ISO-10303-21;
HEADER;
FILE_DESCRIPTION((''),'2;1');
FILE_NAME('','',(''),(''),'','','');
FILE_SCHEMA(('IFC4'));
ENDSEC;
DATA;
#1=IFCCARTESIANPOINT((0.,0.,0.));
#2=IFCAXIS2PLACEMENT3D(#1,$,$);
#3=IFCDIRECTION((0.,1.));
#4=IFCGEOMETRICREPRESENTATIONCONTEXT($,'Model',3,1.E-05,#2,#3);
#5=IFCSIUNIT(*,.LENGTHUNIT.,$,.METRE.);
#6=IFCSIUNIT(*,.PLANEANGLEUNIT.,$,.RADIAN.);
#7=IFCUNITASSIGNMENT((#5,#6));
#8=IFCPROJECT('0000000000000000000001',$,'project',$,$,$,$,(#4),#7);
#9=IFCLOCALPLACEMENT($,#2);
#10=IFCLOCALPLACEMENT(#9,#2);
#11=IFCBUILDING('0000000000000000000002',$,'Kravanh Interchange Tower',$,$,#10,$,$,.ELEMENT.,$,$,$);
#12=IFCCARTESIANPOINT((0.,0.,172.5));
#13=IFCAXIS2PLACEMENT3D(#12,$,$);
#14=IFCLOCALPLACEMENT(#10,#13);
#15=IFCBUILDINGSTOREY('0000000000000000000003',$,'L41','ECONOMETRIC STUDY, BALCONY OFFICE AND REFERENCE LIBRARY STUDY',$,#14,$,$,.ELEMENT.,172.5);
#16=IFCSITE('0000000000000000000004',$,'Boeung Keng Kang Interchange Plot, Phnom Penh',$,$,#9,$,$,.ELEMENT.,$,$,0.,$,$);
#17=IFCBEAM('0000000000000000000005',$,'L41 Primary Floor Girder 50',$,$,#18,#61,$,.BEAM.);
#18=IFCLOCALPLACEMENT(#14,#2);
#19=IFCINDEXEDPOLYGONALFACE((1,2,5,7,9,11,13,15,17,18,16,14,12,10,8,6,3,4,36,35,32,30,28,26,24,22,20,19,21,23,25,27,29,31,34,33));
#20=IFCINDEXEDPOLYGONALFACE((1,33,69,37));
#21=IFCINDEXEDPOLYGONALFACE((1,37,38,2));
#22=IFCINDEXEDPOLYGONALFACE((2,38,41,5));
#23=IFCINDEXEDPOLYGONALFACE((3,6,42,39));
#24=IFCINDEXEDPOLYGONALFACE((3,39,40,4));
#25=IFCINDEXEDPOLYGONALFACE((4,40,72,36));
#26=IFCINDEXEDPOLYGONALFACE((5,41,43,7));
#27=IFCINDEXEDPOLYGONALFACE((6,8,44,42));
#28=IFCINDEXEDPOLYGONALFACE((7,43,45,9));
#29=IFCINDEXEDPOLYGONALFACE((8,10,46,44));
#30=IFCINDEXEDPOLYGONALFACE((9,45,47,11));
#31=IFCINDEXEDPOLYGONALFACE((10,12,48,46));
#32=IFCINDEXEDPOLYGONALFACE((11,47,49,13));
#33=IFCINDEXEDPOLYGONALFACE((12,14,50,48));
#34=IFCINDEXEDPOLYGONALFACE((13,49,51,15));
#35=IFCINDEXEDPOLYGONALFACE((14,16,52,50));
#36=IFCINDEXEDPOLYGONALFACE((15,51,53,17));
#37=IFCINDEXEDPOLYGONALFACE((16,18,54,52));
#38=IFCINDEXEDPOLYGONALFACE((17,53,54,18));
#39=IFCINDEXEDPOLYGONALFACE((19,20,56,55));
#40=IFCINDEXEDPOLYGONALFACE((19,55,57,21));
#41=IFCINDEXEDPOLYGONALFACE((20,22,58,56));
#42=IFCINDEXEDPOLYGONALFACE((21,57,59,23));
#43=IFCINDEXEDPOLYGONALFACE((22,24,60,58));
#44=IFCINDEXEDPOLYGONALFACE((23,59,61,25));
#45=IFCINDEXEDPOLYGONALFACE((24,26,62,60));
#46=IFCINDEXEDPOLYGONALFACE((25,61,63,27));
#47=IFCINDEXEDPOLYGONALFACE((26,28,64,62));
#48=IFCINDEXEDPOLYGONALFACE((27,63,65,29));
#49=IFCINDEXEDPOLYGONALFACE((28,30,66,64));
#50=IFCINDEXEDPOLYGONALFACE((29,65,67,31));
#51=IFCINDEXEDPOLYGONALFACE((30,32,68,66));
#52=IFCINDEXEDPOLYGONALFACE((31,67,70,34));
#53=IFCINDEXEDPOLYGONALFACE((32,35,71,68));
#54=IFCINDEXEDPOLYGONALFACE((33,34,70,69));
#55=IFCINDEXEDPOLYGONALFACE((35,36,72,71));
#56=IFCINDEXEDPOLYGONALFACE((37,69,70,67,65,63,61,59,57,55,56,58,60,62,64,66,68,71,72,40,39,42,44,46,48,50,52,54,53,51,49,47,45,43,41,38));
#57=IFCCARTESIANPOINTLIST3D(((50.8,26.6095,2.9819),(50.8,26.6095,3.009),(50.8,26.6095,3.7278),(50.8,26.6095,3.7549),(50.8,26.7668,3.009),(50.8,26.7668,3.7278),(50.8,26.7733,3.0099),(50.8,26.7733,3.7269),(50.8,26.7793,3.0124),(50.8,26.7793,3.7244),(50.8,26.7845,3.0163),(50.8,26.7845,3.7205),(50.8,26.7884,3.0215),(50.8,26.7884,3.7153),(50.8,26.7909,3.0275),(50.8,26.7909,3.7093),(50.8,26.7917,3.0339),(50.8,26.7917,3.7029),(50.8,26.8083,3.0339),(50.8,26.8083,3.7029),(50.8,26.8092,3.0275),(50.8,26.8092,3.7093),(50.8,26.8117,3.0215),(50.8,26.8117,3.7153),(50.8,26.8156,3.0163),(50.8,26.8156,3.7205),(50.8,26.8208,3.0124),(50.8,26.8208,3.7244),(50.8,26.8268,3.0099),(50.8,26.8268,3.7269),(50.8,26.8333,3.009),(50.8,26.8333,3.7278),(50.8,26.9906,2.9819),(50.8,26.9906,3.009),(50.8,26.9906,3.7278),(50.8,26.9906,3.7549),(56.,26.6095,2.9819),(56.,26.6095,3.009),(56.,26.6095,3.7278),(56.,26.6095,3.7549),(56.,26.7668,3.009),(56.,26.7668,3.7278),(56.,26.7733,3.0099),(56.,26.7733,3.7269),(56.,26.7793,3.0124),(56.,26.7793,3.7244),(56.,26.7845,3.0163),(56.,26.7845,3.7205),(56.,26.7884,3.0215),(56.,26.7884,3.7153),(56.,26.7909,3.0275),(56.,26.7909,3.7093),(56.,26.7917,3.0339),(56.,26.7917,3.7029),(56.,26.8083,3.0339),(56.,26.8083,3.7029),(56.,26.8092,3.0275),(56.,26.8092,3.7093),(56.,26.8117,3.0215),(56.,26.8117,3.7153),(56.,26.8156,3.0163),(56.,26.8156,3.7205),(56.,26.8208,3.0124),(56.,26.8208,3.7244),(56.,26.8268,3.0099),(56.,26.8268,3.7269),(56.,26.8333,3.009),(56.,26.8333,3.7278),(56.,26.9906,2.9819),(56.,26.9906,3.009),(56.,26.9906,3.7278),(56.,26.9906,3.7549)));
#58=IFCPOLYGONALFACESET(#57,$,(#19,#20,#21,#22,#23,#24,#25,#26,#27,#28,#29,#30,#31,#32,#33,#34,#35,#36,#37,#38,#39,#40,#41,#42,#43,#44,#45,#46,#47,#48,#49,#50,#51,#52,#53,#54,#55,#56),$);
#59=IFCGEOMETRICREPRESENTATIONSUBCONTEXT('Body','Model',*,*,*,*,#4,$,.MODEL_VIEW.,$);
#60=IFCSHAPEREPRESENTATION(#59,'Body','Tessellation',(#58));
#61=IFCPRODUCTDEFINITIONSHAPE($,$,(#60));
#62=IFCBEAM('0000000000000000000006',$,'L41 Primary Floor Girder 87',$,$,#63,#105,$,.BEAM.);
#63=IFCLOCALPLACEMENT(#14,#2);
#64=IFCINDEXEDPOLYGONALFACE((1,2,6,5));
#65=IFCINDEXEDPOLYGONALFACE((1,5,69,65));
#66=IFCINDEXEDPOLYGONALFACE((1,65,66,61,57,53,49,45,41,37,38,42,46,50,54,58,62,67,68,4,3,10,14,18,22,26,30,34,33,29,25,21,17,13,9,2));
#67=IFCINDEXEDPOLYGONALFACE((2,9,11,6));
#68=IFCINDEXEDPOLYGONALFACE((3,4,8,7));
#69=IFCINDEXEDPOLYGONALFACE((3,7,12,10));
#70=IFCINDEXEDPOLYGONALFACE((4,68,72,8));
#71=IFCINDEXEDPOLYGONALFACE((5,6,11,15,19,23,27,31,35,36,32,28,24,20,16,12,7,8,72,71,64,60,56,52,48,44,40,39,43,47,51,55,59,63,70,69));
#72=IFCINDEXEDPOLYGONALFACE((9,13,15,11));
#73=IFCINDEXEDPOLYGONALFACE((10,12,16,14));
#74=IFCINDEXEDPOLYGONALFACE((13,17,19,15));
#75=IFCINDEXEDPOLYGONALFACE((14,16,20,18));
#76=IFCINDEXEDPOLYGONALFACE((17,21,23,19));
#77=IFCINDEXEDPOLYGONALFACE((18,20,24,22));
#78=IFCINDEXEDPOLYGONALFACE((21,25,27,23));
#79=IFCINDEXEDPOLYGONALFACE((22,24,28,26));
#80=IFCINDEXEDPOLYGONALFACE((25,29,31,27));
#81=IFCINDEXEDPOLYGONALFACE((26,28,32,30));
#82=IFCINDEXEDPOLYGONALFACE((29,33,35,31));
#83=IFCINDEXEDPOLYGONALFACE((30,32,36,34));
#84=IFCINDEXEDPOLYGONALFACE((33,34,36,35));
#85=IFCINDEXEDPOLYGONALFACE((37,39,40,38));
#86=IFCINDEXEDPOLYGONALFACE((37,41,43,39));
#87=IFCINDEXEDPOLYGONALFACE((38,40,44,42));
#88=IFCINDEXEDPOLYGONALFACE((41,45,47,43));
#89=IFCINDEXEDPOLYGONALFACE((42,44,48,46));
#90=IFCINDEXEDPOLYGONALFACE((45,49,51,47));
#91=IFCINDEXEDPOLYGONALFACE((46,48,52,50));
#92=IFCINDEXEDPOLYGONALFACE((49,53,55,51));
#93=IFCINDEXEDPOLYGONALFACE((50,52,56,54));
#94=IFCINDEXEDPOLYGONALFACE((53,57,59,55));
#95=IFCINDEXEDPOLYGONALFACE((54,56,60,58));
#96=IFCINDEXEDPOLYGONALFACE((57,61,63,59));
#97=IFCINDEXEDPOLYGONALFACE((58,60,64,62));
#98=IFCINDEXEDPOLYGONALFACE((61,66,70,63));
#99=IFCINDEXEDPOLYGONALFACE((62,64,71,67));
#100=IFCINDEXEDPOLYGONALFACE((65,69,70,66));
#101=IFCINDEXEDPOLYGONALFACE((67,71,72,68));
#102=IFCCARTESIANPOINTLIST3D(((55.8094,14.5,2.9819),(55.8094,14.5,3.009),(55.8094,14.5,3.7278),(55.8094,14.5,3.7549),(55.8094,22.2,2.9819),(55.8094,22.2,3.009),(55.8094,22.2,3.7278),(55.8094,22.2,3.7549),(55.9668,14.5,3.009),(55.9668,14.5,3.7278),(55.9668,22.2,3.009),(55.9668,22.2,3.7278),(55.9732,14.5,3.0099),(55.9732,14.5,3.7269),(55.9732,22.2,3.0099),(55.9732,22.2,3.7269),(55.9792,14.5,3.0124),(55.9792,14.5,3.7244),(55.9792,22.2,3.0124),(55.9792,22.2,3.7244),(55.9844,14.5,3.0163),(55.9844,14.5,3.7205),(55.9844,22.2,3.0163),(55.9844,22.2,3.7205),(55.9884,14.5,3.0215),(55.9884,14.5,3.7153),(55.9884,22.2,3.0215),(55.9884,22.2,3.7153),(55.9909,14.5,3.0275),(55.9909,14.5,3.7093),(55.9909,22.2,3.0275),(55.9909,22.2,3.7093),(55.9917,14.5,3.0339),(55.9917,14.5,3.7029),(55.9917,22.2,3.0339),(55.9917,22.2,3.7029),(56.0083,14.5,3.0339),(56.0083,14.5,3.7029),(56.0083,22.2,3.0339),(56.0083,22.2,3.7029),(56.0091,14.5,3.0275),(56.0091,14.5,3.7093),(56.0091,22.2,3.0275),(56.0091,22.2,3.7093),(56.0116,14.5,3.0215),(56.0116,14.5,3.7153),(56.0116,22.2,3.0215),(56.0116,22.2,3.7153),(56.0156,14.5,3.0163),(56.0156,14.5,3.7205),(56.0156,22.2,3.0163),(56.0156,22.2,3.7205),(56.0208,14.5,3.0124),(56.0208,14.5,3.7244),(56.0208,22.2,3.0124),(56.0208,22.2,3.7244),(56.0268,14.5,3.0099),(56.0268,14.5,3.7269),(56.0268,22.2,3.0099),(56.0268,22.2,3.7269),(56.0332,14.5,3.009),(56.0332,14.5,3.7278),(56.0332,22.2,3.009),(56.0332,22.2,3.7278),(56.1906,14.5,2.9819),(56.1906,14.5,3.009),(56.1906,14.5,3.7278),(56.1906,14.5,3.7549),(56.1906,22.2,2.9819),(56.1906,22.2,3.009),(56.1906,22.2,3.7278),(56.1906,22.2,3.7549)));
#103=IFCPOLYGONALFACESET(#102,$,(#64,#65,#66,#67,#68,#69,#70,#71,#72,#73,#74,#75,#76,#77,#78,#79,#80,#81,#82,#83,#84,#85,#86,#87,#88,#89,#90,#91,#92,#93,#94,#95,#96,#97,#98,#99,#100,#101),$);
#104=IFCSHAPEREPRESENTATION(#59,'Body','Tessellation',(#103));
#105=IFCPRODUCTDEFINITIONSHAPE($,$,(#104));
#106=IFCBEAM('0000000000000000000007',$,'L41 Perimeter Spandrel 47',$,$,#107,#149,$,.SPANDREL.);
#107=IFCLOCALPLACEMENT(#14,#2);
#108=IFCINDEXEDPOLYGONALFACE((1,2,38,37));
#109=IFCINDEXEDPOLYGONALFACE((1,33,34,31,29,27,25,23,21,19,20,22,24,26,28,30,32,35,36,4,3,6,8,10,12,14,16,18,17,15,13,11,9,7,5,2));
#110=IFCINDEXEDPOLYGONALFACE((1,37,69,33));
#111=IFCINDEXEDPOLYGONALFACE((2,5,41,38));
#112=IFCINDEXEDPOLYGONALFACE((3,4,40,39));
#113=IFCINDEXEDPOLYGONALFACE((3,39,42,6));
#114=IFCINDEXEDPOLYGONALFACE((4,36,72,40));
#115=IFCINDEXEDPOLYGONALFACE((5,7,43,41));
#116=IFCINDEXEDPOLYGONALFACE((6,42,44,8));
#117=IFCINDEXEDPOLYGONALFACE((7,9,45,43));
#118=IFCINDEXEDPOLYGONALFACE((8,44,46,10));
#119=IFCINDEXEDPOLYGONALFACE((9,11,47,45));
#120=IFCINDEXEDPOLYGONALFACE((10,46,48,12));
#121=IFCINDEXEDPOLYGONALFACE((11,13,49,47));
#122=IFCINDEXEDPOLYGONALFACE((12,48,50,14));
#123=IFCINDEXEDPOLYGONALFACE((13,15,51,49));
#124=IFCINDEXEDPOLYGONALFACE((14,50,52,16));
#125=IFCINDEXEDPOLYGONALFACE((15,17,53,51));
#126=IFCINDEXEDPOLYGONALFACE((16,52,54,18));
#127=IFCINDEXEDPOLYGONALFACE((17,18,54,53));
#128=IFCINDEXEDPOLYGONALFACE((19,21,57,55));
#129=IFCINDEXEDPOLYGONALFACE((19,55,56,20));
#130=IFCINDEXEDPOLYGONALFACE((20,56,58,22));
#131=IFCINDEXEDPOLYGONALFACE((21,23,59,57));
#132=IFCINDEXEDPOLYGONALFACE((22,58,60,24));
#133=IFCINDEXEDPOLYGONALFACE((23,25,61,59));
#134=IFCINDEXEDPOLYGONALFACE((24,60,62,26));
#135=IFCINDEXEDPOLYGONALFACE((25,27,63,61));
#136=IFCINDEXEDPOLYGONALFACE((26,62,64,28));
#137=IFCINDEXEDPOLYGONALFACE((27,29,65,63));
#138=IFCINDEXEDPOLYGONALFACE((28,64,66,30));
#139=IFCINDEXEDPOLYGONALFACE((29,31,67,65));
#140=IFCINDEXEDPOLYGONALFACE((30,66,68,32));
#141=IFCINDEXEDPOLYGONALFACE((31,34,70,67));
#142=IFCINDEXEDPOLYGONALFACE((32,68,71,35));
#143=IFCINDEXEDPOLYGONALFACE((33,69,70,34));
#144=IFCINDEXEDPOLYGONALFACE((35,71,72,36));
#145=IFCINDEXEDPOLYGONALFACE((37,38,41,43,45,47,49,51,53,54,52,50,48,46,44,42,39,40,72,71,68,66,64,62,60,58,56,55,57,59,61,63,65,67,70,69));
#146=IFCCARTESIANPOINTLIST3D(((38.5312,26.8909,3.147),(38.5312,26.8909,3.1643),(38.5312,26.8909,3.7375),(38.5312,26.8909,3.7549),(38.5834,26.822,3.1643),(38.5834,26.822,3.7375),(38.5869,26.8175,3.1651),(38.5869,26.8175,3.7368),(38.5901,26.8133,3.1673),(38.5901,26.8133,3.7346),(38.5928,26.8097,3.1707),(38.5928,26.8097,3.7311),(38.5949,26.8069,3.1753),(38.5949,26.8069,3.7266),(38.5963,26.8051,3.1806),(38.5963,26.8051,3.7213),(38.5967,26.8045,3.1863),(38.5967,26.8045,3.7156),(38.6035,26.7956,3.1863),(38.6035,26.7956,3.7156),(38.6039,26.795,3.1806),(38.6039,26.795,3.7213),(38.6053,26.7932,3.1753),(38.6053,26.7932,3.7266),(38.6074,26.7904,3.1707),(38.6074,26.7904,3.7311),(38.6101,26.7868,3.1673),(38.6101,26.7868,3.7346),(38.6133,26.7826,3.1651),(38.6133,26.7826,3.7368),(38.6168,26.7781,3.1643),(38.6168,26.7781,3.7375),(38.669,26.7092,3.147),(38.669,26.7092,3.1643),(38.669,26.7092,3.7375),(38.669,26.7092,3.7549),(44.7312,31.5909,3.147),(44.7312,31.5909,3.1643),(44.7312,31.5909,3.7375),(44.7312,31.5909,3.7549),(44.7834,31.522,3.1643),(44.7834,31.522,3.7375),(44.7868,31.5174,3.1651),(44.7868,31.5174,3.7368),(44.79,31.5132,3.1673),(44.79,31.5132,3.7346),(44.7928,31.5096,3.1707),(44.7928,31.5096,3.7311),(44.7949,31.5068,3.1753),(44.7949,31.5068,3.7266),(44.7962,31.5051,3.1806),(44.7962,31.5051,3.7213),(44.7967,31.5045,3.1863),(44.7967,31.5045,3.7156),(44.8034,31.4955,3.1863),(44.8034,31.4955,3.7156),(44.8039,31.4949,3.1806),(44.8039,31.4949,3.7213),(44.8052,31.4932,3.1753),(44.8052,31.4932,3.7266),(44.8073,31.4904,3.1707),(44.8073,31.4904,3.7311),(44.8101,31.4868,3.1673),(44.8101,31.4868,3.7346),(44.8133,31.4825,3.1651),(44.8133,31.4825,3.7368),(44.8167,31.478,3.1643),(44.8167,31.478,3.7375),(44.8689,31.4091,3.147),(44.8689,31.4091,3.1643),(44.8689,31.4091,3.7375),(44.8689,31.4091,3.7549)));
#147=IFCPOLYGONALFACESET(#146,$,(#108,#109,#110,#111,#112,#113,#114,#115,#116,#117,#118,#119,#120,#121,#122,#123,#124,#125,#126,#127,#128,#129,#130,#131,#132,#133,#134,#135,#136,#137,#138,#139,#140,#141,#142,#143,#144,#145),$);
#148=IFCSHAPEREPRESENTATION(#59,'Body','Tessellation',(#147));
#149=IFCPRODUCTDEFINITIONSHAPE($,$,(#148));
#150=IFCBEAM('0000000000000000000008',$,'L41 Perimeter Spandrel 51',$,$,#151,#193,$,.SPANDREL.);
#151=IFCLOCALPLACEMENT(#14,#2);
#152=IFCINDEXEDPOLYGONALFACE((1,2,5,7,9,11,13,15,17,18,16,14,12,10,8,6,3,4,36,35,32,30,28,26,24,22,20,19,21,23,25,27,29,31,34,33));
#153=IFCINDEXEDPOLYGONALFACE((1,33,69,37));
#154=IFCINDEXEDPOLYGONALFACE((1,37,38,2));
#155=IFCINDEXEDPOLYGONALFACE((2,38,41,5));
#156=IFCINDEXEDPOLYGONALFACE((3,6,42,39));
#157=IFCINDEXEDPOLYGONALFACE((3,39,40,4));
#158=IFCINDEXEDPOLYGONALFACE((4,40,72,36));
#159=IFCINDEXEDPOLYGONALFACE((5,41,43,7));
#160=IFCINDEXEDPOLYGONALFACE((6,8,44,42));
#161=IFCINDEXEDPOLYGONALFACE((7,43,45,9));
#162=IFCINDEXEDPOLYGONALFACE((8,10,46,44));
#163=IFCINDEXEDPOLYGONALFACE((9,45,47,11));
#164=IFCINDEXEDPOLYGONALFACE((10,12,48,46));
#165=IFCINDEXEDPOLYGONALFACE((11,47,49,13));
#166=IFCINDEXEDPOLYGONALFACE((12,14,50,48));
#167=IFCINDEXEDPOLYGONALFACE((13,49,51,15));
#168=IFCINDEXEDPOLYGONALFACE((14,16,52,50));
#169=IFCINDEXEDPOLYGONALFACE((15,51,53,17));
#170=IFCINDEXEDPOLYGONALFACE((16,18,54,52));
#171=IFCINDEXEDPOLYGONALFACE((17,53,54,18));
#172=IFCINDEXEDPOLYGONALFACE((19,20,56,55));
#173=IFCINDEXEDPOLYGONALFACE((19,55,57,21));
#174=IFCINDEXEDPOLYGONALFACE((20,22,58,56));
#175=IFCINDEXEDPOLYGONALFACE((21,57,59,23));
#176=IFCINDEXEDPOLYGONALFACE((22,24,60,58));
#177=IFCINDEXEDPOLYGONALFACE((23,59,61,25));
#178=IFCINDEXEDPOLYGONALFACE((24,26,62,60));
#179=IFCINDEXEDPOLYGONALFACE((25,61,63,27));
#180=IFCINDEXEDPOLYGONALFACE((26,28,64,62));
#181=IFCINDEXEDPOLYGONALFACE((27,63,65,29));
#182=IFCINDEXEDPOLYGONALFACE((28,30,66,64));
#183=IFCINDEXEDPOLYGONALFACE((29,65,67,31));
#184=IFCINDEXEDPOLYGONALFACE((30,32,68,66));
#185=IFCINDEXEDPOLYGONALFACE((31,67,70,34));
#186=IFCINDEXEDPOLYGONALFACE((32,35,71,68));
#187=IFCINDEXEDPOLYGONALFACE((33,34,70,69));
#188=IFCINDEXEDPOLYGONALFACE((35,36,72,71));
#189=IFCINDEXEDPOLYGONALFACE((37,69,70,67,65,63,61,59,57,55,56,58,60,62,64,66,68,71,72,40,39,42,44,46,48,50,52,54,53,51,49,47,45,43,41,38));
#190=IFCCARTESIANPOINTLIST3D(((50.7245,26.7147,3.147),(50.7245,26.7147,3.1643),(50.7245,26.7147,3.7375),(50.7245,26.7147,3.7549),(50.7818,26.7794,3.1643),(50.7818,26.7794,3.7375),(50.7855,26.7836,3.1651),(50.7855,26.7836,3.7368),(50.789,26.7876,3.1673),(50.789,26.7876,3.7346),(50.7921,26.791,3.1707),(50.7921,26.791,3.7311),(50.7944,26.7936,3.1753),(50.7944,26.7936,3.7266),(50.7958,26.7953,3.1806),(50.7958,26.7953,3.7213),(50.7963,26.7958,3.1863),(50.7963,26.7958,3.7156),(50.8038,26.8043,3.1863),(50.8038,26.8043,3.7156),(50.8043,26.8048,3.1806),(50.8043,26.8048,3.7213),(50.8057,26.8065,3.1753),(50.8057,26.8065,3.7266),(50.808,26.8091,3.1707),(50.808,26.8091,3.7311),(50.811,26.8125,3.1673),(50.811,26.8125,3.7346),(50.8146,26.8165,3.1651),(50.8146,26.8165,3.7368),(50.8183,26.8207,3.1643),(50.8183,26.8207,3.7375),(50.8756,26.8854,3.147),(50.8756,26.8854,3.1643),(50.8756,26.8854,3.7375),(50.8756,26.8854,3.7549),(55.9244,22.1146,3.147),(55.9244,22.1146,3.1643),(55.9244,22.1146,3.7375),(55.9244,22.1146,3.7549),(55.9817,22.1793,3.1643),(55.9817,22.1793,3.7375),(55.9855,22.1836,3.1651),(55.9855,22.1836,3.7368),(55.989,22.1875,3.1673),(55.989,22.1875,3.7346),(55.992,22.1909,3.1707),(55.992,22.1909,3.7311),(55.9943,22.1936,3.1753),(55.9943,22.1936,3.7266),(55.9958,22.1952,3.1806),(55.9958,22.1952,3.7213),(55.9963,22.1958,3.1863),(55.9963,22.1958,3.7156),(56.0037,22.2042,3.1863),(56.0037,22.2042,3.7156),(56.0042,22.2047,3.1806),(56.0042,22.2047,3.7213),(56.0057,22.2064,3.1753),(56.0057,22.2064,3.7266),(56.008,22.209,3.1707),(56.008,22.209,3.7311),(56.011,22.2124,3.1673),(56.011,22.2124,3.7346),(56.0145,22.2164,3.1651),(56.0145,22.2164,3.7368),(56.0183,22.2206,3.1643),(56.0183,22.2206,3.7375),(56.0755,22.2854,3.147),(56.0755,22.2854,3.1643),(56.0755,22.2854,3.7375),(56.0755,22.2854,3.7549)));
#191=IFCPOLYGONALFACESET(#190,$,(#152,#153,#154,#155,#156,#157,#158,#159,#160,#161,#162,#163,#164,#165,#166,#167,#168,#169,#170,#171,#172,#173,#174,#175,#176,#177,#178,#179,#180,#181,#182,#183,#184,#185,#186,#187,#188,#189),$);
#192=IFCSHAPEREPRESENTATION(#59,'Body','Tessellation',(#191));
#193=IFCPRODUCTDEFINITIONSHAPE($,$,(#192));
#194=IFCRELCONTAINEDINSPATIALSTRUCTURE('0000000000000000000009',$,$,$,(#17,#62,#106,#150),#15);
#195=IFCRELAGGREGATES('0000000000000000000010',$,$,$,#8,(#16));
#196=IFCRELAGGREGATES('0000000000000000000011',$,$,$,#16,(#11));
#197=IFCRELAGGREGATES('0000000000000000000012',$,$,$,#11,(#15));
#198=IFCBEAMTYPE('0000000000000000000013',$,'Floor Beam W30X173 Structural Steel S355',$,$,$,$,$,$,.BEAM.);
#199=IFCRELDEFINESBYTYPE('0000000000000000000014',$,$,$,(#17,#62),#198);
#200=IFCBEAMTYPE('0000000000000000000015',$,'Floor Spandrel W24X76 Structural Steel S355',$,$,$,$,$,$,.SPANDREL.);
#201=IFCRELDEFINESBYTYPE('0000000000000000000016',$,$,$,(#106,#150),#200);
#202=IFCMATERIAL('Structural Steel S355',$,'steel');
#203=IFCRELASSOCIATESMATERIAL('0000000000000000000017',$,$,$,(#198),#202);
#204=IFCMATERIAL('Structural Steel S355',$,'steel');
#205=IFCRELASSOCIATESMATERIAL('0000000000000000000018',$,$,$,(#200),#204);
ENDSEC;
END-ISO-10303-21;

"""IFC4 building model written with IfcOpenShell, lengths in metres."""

from ifc_helpers import new_model, si_unit, direction, frame, origin, origin_2d, place, context, subcontext, project, spatial, i_section, extrude, material, material_profile, profile_set, type_object, element, save


model = new_model("IFC4")

# Units and contexts
model_context = context("Model", 3, precision=1e-05, world=origin(), true_north=direction((0.0, 1.0)))
body_context = subcontext(model_context, "Body", "Model", "MODEL_VIEW")
ifc_project = project(units=[si_unit("LENGTHUNIT", "METRE"), si_unit("PLANEANGLEUNIT", "RADIAN")], contexts=[model_context])

# Site, building, storey
site_placement = place(None, origin())
site = spatial("IfcSite", under=ifc_project, at=site_placement, Name="Boeung Keng Kang Interchange Plot, Phnom Penh", CompositionType="ELEMENT", RefElevation=0.0)
building_placement = place(site_placement, origin())
building = spatial("IfcBuilding", under=site, at=building_placement, Name="Kravanh Interchange Tower", CompositionType="ELEMENT")
storey_placement = place(building_placement, frame((0.0, 0.0, 172.5)))
storey = spatial("IfcBuildingStorey", under=building, at=storey_placement, Name="L41", Description="ECONOMETRIC STUDY, BALCONY OFFICE AND REFERENCE LIBRARY STUDY", CompositionType="ELEMENT", Elevation=172.5)

# Beams
ifc_material_1 = material(Name="Structural Steel S355", Category="steel")
ifc_material_profile_1 = material_profile(ifc_material_1, i_section(OverallWidth=0.3811, OverallDepth=0.7729, WebThickness=0.0166, FlangeThickness=0.0271, FilletRadius=0.0249, at=origin_2d()), Name="W30X173")
ifc_profile_set_1 = profile_set([ifc_material_profile_1], Name="Structural Steel S355")
beam_type_1 = type_object("IfcBeamType", Name="Floor Beam W30X173 Structural Steel S355", PredefinedType="BEAM", material=ifc_profile_set_1)
beam_1_placement = place(storey_placement, frame((50.8, 26.8, 3.3684), z_axis=(1.0, 0.0, 0.0), x_axis=(0.0, 1.0, 0.0)))
element("IfcBeam", 1, at=beam_1_placement, inside=storey, type_object=beam_type_1, Name="L41 Primary Floor Girder 50", PredefinedType="BEAM", context=body_context, shape_type="SweptSolid", body=[
    extrude(i_section(OverallWidth=0.3811, OverallDepth=0.7729, WebThickness=0.0166, FlangeThickness=0.0271, FilletRadius=0.0249, at=origin_2d()), origin(), (0.0, 0.0, 1.0), 5.2),
])
beam_2_placement = place(storey_placement, frame((56.0, 14.5, 3.3684), z_axis=(0.0, 1.0, 0.0), x_axis=(-1.0, 0.0, 0.0)))
element("IfcBeam", 2, at=beam_2_placement, inside=storey, type_object=beam_type_1, Name="L41 Primary Floor Girder 87", PredefinedType="BEAM", context=body_context, shape_type="SweptSolid", body=[
    extrude(i_section(OverallWidth=0.3811, OverallDepth=0.7729, WebThickness=0.0166, FlangeThickness=0.0271, FilletRadius=0.0249, at=origin_2d()), origin(), (0.0, 0.0, 1.0), 7.7),
])
ifc_material_2 = material(Name="Structural Steel S355", Category="steel")
ifc_material_profile_2 = material_profile(ifc_material_2, i_section(OverallWidth=0.228, OverallDepth=0.6079, WebThickness=0.0112, FlangeThickness=0.0173, FilletRadius=0.022, at=origin_2d()), Name="W24X76")
ifc_profile_set_2 = profile_set([ifc_material_profile_2], Name="Structural Steel S355")
beam_type_2 = type_object("IfcBeamType", Name="Floor Spandrel W24X76 Structural Steel S355", PredefinedType="SPANDREL", material=ifc_profile_set_2)
beam_3_placement = place(storey_placement, frame((38.6001, 26.8, 3.4509), z_axis=(0.796905, 0.604104, 0.0), x_axis=(-0.604104, 0.796905, 0.0)))
element("IfcBeam", 3, at=beam_3_placement, inside=storey, type_object=beam_type_2, Name="L41 Perimeter Spandrel 47", PredefinedType="SPANDREL", context=body_context, shape_type="SweptSolid", body=[
    extrude(i_section(OverallWidth=0.228, OverallDepth=0.6079, WebThickness=0.0112, FlangeThickness=0.0173, FilletRadius=0.022, at=origin_2d()), origin(), (0.0, 0.0, 1.0), 7.78),
])
beam_4_placement = place(storey_placement, frame((50.8, 26.8, 3.4509), z_axis=(0.748986, -0.662585, 0.0), x_axis=(0.662585, 0.748986, 0.0)))
element("IfcBeam", 4, at=beam_4_placement, inside=storey, type_object=beam_type_2, Name="L41 Perimeter Spandrel 51", PredefinedType="SPANDREL", context=body_context, shape_type="SweptSolid", body=[
    extrude(i_section(OverallWidth=0.228, OverallDepth=0.6079, WebThickness=0.0112, FlangeThickness=0.0173, FilletRadius=0.022, at=origin_2d()), origin(), (0.0, 0.0, 1.0), 6.9426),
])

save(model, "model.ifc")
